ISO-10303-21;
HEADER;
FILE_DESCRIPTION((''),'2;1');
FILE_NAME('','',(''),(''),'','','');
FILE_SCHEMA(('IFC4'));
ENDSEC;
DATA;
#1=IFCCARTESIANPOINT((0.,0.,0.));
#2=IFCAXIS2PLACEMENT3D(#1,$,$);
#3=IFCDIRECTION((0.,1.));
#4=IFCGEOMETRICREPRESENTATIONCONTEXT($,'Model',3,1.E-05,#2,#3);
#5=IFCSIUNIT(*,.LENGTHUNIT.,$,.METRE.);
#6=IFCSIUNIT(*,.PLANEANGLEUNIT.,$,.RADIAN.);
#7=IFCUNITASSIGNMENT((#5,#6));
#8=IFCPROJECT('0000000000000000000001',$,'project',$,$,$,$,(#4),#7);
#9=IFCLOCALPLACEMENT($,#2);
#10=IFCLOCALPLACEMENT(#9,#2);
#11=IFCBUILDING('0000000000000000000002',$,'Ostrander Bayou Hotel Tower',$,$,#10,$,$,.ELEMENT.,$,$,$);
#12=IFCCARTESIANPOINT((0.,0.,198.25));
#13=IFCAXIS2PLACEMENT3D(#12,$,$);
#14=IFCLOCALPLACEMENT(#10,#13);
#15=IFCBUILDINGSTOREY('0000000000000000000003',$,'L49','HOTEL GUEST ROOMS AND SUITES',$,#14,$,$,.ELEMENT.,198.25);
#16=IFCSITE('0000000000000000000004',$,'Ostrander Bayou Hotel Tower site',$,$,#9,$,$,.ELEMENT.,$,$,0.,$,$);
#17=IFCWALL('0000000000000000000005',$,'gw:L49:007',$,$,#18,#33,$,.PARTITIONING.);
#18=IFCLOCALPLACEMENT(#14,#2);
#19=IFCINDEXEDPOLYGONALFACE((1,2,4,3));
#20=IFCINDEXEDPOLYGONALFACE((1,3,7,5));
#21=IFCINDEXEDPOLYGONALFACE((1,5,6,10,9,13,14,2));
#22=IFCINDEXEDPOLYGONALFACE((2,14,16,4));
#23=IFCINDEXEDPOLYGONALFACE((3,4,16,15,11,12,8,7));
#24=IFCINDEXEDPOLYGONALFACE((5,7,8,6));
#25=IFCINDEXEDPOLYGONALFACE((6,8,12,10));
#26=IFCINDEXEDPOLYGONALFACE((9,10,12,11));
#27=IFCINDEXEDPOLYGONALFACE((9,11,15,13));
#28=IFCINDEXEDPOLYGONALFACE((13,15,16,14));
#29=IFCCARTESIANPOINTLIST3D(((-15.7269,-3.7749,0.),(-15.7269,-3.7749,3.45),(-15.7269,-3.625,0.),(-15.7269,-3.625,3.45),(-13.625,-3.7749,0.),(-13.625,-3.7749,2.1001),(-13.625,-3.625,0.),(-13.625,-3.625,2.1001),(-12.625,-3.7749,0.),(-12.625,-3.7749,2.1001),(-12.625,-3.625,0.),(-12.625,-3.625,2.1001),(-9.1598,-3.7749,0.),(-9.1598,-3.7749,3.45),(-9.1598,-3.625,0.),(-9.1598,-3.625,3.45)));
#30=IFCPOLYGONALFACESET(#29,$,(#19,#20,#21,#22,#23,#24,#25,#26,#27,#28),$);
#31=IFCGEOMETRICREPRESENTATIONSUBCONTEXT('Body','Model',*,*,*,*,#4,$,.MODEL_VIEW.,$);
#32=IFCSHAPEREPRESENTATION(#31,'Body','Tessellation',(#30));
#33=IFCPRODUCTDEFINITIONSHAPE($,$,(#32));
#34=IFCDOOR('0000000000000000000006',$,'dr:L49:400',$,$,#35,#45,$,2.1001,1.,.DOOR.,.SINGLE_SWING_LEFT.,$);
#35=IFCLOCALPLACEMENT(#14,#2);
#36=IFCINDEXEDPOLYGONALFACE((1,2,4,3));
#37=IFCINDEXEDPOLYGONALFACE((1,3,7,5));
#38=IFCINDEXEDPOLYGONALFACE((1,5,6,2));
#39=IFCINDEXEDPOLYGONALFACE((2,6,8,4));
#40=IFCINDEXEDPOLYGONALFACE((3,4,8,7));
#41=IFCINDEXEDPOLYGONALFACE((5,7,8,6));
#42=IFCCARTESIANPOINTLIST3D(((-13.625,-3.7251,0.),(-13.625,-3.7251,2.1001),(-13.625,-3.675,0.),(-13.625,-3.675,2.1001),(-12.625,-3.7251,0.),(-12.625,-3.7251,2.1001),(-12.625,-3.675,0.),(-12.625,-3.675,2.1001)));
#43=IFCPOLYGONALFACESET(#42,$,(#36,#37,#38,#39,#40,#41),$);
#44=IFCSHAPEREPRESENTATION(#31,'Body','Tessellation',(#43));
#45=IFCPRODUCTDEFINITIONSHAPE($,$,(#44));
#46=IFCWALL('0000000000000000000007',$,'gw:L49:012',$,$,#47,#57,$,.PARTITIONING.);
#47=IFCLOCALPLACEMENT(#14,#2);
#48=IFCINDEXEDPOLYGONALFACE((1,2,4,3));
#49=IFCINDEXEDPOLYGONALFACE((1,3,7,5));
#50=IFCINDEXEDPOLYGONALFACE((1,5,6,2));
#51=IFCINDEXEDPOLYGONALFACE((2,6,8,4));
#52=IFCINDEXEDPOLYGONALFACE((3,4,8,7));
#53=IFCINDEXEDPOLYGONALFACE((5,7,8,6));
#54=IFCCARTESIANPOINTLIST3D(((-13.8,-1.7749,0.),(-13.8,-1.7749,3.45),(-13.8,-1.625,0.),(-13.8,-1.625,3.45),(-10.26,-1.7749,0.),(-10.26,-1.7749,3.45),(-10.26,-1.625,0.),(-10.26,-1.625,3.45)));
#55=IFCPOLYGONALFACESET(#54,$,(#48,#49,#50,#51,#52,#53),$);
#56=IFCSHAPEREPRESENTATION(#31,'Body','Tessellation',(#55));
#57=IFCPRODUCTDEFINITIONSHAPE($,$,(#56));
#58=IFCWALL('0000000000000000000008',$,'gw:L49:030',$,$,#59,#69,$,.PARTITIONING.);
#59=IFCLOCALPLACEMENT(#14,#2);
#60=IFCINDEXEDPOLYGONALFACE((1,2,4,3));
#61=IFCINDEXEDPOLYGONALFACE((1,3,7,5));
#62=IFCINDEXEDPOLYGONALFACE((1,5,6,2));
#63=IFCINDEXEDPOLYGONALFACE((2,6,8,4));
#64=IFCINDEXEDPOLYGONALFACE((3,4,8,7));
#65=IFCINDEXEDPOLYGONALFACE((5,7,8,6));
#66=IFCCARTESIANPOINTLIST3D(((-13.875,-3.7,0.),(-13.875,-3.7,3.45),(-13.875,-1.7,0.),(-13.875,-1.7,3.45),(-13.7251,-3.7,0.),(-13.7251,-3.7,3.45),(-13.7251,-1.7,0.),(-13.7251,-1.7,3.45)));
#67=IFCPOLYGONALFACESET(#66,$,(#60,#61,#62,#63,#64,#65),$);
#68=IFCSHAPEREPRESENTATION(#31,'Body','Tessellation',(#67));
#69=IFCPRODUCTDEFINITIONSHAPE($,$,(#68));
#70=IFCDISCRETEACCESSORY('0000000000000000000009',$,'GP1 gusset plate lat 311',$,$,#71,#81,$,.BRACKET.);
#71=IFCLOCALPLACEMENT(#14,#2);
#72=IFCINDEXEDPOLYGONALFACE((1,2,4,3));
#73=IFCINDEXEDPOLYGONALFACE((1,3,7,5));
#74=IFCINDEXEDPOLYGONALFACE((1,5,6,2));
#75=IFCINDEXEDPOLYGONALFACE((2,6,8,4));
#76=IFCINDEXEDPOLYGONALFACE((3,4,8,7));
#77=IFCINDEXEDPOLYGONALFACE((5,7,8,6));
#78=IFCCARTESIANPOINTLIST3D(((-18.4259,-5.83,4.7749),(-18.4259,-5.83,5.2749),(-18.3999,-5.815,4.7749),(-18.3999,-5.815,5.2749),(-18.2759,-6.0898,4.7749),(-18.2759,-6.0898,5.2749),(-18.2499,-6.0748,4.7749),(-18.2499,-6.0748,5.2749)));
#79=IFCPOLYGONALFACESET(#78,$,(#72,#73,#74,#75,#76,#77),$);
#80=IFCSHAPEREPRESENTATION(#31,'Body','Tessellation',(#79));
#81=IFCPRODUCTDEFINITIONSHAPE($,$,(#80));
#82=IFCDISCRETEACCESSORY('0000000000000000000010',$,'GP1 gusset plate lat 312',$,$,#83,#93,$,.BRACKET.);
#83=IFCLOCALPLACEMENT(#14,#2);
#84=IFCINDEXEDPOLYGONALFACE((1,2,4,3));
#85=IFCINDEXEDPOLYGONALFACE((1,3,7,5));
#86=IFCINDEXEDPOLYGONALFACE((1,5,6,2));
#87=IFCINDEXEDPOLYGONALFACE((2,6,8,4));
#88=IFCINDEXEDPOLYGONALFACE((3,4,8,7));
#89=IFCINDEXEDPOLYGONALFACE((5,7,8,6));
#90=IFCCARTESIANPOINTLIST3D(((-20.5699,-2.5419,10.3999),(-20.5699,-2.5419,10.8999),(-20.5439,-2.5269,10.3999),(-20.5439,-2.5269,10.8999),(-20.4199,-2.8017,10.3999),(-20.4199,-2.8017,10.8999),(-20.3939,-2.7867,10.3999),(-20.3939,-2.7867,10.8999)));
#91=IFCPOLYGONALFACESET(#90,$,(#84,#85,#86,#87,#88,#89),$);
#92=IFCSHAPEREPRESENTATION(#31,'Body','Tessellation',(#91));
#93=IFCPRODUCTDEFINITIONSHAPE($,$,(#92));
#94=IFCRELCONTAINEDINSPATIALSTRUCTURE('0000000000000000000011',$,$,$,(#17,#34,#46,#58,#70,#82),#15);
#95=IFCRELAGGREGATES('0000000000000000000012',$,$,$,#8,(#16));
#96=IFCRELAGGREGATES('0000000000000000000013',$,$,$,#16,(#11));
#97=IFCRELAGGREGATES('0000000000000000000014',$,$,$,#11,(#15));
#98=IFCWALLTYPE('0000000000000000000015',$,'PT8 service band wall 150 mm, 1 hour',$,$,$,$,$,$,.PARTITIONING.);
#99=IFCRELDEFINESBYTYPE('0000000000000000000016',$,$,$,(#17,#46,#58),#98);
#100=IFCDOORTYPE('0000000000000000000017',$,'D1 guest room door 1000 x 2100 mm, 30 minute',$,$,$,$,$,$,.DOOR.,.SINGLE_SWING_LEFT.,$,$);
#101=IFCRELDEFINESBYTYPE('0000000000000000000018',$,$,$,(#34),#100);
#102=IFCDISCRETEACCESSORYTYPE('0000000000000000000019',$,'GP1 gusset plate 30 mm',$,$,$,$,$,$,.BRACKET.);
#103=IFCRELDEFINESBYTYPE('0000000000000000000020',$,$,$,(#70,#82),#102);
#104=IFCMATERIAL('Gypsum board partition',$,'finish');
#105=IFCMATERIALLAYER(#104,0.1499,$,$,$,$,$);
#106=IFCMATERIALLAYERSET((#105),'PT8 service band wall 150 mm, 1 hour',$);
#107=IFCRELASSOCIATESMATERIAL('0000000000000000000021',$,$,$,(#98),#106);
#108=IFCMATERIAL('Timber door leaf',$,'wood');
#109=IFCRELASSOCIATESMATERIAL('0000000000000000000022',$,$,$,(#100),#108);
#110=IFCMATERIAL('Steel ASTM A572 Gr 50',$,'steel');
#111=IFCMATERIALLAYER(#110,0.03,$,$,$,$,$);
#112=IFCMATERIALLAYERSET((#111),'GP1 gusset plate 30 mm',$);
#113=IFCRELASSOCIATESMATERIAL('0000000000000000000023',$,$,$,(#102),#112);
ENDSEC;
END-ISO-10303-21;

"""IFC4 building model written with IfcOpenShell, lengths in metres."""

from ifc_helpers import new_model, si_unit, direction, frame, frame_2d, origin, origin_2d, place, context, subcontext, project, spatial, rectangle, extrude, material, layer, layer_set, type_object, element, fill, save


model = new_model("IFC4")

# Units and contexts
model_context = context("Model", 3, precision=1e-05, world=origin(), true_north=direction((0.0, 1.0)))
body_context = subcontext(model_context, "Body", "Model", "MODEL_VIEW")
ifc_project = project(units=[si_unit("LENGTHUNIT", "METRE"), si_unit("PLANEANGLEUNIT", "RADIAN")], contexts=[model_context])

# Site, building, storey
site_placement = place(None, origin())
site = spatial("IfcSite", under=ifc_project, at=site_placement, Name="Ostrander Bayou Hotel Tower site", CompositionType="ELEMENT", RefElevation=0.0)
building_placement = place(site_placement, origin())
building = spatial("IfcBuilding", under=site, at=building_placement, Name="Ostrander Bayou Hotel Tower", CompositionType="ELEMENT")
storey_placement = place(building_placement, frame((0.0, 0.0, 198.25)))
storey = spatial("IfcBuildingStorey", under=building, at=storey_placement, Name="L49", Description="HOTEL GUEST ROOMS AND SUITES", CompositionType="ELEMENT", Elevation=198.25)

# Wall, opening, door
ifc_material_1 = material(Name="Gypsum board partition", Category="finish")
ifc_layer_1 = layer(ifc_material_1, 0.1499)
ifc_layer_set_1 = layer_set([ifc_layer_1], Name="PT8 service band wall 150 mm, 1 hour")
wall_type_1 = type_object("IfcWallType", Name="PT8 service band wall 150 mm, 1 hour", PredefinedType="PARTITIONING", material=ifc_layer_set_1)
wall_1_placement = place(storey_placement, frame((-15.7271, -3.7, 0.0), z_axis=(0.0, 0.0, 1.0), x_axis=(1.0, 0.0, 0.0)))
wall_1 = element("IfcWall", 1, at=wall_1_placement, inside=storey, type_object=wall_type_1, Name="gw:L49:007", PredefinedType="PARTITIONING", context=body_context, shape_type="SweptSolid", body=[
    extrude(rectangle(XDim=6.5671, YDim=0.1499, at=frame_2d((3.2837, 0.0))), origin(), (0.0, 0.0, 1.0), 3.45),
])
opening_1_placement = place(wall_1_placement, frame((2.1021, 0.0, 0.0)))
opening_1 = element("IfcOpeningElement", 2, at=opening_1_placement, cuts=wall_1, PredefinedType="OPENING", context=body_context, shape_type="SweptSolid", body=[
    extrude(rectangle(XDim=1.0, YDim=2.1001, at=frame_2d((0.5, 1.05))), frame((0.0, 0.075, 0.0), z_axis=(0.0, -1.0, 0.0), x_axis=(1.0, 0.0, 0.0)), (0.0, 0.0, 1.0), 0.1499),
])
ifc_material_2 = material(Name="Timber door leaf", Category="wood")
door_type_1 = type_object("IfcDoorType", Name="D1 guest room door 1000 x 2100 mm, 30 minute", OperationType="SINGLE_SWING_LEFT", PredefinedType="DOOR", material=ifc_material_2)
door_1_placement = place(opening_1_placement, origin())
door_1 = element("IfcDoor", 3, at=door_1_placement, inside=storey, type_object=door_type_1, Name="dr:L49:400", OperationType="SINGLE_SWING_LEFT", OverallHeight=2.1001, OverallWidth=1.0, PredefinedType="DOOR", context=body_context, shape_type="SweptSolid", body=[
    extrude(rectangle(XDim=1.0, YDim=2.1001, at=frame_2d((0.5, 1.05))), frame((0.0, 0.0249, 0.0), z_axis=(0.0, -1.0, 0.0), x_axis=(1.0, 0.0, 0.0)), (0.0, 0.0, 1.0), 0.05),
])
fill(opening_1, door_1)

# Walls
wall_2_placement = place(storey_placement, frame((-13.8, -1.7, 0.0), z_axis=(0.0, 0.0, 1.0), x_axis=(1.0, 0.0, 0.0)))
element("IfcWall", 4, at=wall_2_placement, inside=storey, type_object=wall_type_1, Name="gw:L49:012", PredefinedType="PARTITIONING", context=body_context, shape_type="SweptSolid", body=[
    extrude(rectangle(XDim=3.54, YDim=0.1499, at=frame_2d((1.77, 0.0))), origin(), (0.0, 0.0, 1.0), 3.45),
])
wall_3_placement = place(storey_placement, frame((-13.8, -3.7, 0.0), z_axis=(0.0, 0.0, 1.0), x_axis=(0.0, 1.0, 0.0)))
element("IfcWall", 5, at=wall_3_placement, inside=storey, type_object=wall_type_1, Name="gw:L49:030", PredefinedType="PARTITIONING", context=body_context, shape_type="SweptSolid", body=[
    extrude(rectangle(XDim=2.0, YDim=0.1499, at=frame_2d((1.0, 0.0))), origin(), (0.0, 0.0, 1.0), 3.45),
])

# Discrete accessories
ifc_material_3 = material(Name="Steel ASTM A572 Gr 50", Category="steel")
ifc_layer_2 = layer(ifc_material_3, 0.03)
ifc_layer_set_2 = layer_set([ifc_layer_2], Name="GP1 gusset plate 30 mm")
discrete_accessory_type = type_object("IfcDiscreteAccessoryType", Name="GP1 gusset plate 30 mm", PredefinedType="BRACKET", material=ifc_layer_set_2)
for number, where, z_axis, x_axis, name in (
    (6, (-18.3379, -5.9524, 4.7749), (0.0, 0.0, 1.0), (0.5, -0.866025, 0.0), "GP1 gusset plate lat 311"),
    (7, (-20.4819, -2.6643, 10.3999), (0.0, 0.0, 1.0), (0.5, -0.866025, 0.0), "GP1 gusset plate lat 312"),
):
    element("IfcDiscreteAccessory", number, at=place(storey_placement, frame(where, z_axis=z_axis, x_axis=x_axis)), inside=storey, type_object=discrete_accessory_type, Name=name, PredefinedType="BRACKET", context=body_context, shape_type="SweptSolid", body=[
        extrude(rectangle(XDim=0.3, YDim=0.03, at=origin_2d()), origin(), (0.0, 0.0, 1.0), 0.5),
    ])

save(model, "model.ifc")
